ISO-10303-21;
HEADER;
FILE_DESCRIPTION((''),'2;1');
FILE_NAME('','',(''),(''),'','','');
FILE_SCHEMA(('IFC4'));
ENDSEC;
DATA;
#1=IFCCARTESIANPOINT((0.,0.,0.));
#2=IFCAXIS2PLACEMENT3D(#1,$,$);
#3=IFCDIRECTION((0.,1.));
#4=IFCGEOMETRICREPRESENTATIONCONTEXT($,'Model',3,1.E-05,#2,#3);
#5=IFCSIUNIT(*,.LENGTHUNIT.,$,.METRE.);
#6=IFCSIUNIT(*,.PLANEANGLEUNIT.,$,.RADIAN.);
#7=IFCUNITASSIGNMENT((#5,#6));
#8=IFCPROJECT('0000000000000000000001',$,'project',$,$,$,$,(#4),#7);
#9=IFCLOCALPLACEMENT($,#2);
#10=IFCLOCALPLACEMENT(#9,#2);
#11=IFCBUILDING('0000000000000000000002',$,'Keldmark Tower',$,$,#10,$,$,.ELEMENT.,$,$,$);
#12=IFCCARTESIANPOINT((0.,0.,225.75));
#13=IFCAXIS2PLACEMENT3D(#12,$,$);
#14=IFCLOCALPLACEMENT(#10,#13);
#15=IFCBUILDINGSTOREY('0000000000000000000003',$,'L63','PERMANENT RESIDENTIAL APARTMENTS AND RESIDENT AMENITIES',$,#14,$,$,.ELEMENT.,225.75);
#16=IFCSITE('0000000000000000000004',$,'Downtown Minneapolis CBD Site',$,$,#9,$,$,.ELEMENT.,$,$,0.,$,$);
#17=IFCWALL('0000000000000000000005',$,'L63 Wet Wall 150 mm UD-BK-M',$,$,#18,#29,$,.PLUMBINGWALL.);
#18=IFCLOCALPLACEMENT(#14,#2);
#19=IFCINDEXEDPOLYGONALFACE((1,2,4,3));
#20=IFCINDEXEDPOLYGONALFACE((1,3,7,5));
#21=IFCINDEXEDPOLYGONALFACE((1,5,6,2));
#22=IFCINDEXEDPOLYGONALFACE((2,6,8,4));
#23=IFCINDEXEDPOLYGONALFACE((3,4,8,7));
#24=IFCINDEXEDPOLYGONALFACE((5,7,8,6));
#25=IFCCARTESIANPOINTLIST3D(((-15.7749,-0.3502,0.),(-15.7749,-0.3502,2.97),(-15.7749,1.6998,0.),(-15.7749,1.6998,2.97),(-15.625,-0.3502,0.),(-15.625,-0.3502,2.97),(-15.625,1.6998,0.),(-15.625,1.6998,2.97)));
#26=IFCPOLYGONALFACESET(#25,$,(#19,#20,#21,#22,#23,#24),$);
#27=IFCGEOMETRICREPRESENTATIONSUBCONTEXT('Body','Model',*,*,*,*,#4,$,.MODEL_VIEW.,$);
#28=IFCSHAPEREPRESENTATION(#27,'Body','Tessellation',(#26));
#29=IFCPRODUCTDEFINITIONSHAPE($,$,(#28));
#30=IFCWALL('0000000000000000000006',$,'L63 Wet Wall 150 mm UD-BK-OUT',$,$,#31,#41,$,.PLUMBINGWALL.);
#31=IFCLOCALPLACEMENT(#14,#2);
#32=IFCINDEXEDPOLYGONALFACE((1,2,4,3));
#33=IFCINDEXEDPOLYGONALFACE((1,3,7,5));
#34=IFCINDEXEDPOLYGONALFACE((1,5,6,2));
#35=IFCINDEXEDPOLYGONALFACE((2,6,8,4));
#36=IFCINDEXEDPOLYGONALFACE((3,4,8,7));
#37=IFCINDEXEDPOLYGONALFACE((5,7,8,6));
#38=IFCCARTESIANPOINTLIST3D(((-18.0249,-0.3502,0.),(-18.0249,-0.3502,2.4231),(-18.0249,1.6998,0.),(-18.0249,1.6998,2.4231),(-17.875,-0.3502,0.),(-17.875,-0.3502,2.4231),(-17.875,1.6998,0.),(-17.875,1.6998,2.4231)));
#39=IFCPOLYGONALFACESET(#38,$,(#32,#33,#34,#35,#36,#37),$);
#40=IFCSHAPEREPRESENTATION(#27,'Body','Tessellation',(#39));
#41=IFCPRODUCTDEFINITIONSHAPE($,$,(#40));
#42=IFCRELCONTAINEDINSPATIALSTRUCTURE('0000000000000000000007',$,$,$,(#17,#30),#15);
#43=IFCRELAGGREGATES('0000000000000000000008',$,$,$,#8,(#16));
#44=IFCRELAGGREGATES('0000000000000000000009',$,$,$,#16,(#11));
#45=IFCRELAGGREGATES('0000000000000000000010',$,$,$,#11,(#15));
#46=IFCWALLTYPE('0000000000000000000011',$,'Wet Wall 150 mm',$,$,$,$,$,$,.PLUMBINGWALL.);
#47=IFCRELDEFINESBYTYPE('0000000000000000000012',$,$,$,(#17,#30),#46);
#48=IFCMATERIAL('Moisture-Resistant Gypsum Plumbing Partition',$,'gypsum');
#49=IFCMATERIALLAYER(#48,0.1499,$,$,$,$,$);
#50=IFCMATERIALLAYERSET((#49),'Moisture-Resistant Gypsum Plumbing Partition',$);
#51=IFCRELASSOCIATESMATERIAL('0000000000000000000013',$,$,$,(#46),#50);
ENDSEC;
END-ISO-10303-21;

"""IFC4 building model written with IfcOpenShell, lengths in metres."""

from ifc_helpers import new_model, si_unit, direction, frame, frame_2d, origin, place, context, subcontext, project, spatial, rectangle, extrude, material, layer, layer_set, type_object, element, save


model = new_model("IFC4")

# Units and contexts
model_context = context("Model", 3, precision=1e-05, world=origin(), true_north=direction((0.0, 1.0)))
body_context = subcontext(model_context, "Body", "Model", "MODEL_VIEW")
ifc_project = project(units=[si_unit("LENGTHUNIT", "METRE"), si_unit("PLANEANGLEUNIT", "RADIAN")], contexts=[model_context])

# Site, building, storey
site_placement = place(None, origin())
site = spatial("IfcSite", under=ifc_project, at=site_placement, Name="Downtown Minneapolis CBD Site", CompositionType="ELEMENT", RefElevation=0.0)
building_placement = place(site_placement, origin())
building = spatial("IfcBuilding", under=site, at=building_placement, Name="Keldmark Tower", CompositionType="ELEMENT")
storey_placement = place(building_placement, frame((0.0, 0.0, 225.75)))
storey = spatial("IfcBuildingStorey", under=building, at=storey_placement, Name="L63", Description="PERMANENT RESIDENTIAL APARTMENTS AND RESIDENT AMENITIES", CompositionType="ELEMENT", Elevation=225.75)

# Walls
ifc_material_1 = material(Name="Moisture-Resistant Gypsum Plumbing Partition", Category="gypsum")
ifc_layer_1 = layer(ifc_material_1, 0.1499)
ifc_layer_set_1 = layer_set([ifc_layer_1], Name="Moisture-Resistant Gypsum Plumbing Partition")
wall_type_1 = type_object("IfcWallType", Name="Wet Wall 150 mm", PredefinedType="PLUMBINGWALL", material=ifc_layer_set_1)
wall_1_placement = place(storey_placement, frame((-15.7, -0.3501, 0.0), z_axis=(0.0, 0.0, 1.0), x_axis=(0.0, 1.0, 0.0)))
element("IfcWall", 1, at=wall_1_placement, inside=storey, type_object=wall_type_1, Name="L63 Wet Wall 150 mm UD-BK-M", PredefinedType="PLUMBINGWALL", context=body_context, shape_type="SweptSolid", body=[
    extrude(rectangle(XDim=2.05, YDim=0.1499, at=frame_2d((1.0249, 0.0))), origin(), (0.0, 0.0, 1.0), 2.97),
])
wall_2_placement = place(storey_placement, frame((-17.95, -0.3501, 0.0), z_axis=(0.0, 0.0, 1.0), x_axis=(0.0, 1.0, 0.0)))
element("IfcWall", 2, at=wall_2_placement, inside=storey, type_object=wall_type_1, Name="L63 Wet Wall 150 mm UD-BK-OUT", PredefinedType="PLUMBINGWALL", context=body_context, shape_type="SweptSolid", body=[
    extrude(rectangle(XDim=2.05, YDim=0.1499, at=frame_2d((1.0249, 0.0))), origin(), (0.0, 0.0, 1.0), 2.4231),
])

save(model, "model.ifc")
